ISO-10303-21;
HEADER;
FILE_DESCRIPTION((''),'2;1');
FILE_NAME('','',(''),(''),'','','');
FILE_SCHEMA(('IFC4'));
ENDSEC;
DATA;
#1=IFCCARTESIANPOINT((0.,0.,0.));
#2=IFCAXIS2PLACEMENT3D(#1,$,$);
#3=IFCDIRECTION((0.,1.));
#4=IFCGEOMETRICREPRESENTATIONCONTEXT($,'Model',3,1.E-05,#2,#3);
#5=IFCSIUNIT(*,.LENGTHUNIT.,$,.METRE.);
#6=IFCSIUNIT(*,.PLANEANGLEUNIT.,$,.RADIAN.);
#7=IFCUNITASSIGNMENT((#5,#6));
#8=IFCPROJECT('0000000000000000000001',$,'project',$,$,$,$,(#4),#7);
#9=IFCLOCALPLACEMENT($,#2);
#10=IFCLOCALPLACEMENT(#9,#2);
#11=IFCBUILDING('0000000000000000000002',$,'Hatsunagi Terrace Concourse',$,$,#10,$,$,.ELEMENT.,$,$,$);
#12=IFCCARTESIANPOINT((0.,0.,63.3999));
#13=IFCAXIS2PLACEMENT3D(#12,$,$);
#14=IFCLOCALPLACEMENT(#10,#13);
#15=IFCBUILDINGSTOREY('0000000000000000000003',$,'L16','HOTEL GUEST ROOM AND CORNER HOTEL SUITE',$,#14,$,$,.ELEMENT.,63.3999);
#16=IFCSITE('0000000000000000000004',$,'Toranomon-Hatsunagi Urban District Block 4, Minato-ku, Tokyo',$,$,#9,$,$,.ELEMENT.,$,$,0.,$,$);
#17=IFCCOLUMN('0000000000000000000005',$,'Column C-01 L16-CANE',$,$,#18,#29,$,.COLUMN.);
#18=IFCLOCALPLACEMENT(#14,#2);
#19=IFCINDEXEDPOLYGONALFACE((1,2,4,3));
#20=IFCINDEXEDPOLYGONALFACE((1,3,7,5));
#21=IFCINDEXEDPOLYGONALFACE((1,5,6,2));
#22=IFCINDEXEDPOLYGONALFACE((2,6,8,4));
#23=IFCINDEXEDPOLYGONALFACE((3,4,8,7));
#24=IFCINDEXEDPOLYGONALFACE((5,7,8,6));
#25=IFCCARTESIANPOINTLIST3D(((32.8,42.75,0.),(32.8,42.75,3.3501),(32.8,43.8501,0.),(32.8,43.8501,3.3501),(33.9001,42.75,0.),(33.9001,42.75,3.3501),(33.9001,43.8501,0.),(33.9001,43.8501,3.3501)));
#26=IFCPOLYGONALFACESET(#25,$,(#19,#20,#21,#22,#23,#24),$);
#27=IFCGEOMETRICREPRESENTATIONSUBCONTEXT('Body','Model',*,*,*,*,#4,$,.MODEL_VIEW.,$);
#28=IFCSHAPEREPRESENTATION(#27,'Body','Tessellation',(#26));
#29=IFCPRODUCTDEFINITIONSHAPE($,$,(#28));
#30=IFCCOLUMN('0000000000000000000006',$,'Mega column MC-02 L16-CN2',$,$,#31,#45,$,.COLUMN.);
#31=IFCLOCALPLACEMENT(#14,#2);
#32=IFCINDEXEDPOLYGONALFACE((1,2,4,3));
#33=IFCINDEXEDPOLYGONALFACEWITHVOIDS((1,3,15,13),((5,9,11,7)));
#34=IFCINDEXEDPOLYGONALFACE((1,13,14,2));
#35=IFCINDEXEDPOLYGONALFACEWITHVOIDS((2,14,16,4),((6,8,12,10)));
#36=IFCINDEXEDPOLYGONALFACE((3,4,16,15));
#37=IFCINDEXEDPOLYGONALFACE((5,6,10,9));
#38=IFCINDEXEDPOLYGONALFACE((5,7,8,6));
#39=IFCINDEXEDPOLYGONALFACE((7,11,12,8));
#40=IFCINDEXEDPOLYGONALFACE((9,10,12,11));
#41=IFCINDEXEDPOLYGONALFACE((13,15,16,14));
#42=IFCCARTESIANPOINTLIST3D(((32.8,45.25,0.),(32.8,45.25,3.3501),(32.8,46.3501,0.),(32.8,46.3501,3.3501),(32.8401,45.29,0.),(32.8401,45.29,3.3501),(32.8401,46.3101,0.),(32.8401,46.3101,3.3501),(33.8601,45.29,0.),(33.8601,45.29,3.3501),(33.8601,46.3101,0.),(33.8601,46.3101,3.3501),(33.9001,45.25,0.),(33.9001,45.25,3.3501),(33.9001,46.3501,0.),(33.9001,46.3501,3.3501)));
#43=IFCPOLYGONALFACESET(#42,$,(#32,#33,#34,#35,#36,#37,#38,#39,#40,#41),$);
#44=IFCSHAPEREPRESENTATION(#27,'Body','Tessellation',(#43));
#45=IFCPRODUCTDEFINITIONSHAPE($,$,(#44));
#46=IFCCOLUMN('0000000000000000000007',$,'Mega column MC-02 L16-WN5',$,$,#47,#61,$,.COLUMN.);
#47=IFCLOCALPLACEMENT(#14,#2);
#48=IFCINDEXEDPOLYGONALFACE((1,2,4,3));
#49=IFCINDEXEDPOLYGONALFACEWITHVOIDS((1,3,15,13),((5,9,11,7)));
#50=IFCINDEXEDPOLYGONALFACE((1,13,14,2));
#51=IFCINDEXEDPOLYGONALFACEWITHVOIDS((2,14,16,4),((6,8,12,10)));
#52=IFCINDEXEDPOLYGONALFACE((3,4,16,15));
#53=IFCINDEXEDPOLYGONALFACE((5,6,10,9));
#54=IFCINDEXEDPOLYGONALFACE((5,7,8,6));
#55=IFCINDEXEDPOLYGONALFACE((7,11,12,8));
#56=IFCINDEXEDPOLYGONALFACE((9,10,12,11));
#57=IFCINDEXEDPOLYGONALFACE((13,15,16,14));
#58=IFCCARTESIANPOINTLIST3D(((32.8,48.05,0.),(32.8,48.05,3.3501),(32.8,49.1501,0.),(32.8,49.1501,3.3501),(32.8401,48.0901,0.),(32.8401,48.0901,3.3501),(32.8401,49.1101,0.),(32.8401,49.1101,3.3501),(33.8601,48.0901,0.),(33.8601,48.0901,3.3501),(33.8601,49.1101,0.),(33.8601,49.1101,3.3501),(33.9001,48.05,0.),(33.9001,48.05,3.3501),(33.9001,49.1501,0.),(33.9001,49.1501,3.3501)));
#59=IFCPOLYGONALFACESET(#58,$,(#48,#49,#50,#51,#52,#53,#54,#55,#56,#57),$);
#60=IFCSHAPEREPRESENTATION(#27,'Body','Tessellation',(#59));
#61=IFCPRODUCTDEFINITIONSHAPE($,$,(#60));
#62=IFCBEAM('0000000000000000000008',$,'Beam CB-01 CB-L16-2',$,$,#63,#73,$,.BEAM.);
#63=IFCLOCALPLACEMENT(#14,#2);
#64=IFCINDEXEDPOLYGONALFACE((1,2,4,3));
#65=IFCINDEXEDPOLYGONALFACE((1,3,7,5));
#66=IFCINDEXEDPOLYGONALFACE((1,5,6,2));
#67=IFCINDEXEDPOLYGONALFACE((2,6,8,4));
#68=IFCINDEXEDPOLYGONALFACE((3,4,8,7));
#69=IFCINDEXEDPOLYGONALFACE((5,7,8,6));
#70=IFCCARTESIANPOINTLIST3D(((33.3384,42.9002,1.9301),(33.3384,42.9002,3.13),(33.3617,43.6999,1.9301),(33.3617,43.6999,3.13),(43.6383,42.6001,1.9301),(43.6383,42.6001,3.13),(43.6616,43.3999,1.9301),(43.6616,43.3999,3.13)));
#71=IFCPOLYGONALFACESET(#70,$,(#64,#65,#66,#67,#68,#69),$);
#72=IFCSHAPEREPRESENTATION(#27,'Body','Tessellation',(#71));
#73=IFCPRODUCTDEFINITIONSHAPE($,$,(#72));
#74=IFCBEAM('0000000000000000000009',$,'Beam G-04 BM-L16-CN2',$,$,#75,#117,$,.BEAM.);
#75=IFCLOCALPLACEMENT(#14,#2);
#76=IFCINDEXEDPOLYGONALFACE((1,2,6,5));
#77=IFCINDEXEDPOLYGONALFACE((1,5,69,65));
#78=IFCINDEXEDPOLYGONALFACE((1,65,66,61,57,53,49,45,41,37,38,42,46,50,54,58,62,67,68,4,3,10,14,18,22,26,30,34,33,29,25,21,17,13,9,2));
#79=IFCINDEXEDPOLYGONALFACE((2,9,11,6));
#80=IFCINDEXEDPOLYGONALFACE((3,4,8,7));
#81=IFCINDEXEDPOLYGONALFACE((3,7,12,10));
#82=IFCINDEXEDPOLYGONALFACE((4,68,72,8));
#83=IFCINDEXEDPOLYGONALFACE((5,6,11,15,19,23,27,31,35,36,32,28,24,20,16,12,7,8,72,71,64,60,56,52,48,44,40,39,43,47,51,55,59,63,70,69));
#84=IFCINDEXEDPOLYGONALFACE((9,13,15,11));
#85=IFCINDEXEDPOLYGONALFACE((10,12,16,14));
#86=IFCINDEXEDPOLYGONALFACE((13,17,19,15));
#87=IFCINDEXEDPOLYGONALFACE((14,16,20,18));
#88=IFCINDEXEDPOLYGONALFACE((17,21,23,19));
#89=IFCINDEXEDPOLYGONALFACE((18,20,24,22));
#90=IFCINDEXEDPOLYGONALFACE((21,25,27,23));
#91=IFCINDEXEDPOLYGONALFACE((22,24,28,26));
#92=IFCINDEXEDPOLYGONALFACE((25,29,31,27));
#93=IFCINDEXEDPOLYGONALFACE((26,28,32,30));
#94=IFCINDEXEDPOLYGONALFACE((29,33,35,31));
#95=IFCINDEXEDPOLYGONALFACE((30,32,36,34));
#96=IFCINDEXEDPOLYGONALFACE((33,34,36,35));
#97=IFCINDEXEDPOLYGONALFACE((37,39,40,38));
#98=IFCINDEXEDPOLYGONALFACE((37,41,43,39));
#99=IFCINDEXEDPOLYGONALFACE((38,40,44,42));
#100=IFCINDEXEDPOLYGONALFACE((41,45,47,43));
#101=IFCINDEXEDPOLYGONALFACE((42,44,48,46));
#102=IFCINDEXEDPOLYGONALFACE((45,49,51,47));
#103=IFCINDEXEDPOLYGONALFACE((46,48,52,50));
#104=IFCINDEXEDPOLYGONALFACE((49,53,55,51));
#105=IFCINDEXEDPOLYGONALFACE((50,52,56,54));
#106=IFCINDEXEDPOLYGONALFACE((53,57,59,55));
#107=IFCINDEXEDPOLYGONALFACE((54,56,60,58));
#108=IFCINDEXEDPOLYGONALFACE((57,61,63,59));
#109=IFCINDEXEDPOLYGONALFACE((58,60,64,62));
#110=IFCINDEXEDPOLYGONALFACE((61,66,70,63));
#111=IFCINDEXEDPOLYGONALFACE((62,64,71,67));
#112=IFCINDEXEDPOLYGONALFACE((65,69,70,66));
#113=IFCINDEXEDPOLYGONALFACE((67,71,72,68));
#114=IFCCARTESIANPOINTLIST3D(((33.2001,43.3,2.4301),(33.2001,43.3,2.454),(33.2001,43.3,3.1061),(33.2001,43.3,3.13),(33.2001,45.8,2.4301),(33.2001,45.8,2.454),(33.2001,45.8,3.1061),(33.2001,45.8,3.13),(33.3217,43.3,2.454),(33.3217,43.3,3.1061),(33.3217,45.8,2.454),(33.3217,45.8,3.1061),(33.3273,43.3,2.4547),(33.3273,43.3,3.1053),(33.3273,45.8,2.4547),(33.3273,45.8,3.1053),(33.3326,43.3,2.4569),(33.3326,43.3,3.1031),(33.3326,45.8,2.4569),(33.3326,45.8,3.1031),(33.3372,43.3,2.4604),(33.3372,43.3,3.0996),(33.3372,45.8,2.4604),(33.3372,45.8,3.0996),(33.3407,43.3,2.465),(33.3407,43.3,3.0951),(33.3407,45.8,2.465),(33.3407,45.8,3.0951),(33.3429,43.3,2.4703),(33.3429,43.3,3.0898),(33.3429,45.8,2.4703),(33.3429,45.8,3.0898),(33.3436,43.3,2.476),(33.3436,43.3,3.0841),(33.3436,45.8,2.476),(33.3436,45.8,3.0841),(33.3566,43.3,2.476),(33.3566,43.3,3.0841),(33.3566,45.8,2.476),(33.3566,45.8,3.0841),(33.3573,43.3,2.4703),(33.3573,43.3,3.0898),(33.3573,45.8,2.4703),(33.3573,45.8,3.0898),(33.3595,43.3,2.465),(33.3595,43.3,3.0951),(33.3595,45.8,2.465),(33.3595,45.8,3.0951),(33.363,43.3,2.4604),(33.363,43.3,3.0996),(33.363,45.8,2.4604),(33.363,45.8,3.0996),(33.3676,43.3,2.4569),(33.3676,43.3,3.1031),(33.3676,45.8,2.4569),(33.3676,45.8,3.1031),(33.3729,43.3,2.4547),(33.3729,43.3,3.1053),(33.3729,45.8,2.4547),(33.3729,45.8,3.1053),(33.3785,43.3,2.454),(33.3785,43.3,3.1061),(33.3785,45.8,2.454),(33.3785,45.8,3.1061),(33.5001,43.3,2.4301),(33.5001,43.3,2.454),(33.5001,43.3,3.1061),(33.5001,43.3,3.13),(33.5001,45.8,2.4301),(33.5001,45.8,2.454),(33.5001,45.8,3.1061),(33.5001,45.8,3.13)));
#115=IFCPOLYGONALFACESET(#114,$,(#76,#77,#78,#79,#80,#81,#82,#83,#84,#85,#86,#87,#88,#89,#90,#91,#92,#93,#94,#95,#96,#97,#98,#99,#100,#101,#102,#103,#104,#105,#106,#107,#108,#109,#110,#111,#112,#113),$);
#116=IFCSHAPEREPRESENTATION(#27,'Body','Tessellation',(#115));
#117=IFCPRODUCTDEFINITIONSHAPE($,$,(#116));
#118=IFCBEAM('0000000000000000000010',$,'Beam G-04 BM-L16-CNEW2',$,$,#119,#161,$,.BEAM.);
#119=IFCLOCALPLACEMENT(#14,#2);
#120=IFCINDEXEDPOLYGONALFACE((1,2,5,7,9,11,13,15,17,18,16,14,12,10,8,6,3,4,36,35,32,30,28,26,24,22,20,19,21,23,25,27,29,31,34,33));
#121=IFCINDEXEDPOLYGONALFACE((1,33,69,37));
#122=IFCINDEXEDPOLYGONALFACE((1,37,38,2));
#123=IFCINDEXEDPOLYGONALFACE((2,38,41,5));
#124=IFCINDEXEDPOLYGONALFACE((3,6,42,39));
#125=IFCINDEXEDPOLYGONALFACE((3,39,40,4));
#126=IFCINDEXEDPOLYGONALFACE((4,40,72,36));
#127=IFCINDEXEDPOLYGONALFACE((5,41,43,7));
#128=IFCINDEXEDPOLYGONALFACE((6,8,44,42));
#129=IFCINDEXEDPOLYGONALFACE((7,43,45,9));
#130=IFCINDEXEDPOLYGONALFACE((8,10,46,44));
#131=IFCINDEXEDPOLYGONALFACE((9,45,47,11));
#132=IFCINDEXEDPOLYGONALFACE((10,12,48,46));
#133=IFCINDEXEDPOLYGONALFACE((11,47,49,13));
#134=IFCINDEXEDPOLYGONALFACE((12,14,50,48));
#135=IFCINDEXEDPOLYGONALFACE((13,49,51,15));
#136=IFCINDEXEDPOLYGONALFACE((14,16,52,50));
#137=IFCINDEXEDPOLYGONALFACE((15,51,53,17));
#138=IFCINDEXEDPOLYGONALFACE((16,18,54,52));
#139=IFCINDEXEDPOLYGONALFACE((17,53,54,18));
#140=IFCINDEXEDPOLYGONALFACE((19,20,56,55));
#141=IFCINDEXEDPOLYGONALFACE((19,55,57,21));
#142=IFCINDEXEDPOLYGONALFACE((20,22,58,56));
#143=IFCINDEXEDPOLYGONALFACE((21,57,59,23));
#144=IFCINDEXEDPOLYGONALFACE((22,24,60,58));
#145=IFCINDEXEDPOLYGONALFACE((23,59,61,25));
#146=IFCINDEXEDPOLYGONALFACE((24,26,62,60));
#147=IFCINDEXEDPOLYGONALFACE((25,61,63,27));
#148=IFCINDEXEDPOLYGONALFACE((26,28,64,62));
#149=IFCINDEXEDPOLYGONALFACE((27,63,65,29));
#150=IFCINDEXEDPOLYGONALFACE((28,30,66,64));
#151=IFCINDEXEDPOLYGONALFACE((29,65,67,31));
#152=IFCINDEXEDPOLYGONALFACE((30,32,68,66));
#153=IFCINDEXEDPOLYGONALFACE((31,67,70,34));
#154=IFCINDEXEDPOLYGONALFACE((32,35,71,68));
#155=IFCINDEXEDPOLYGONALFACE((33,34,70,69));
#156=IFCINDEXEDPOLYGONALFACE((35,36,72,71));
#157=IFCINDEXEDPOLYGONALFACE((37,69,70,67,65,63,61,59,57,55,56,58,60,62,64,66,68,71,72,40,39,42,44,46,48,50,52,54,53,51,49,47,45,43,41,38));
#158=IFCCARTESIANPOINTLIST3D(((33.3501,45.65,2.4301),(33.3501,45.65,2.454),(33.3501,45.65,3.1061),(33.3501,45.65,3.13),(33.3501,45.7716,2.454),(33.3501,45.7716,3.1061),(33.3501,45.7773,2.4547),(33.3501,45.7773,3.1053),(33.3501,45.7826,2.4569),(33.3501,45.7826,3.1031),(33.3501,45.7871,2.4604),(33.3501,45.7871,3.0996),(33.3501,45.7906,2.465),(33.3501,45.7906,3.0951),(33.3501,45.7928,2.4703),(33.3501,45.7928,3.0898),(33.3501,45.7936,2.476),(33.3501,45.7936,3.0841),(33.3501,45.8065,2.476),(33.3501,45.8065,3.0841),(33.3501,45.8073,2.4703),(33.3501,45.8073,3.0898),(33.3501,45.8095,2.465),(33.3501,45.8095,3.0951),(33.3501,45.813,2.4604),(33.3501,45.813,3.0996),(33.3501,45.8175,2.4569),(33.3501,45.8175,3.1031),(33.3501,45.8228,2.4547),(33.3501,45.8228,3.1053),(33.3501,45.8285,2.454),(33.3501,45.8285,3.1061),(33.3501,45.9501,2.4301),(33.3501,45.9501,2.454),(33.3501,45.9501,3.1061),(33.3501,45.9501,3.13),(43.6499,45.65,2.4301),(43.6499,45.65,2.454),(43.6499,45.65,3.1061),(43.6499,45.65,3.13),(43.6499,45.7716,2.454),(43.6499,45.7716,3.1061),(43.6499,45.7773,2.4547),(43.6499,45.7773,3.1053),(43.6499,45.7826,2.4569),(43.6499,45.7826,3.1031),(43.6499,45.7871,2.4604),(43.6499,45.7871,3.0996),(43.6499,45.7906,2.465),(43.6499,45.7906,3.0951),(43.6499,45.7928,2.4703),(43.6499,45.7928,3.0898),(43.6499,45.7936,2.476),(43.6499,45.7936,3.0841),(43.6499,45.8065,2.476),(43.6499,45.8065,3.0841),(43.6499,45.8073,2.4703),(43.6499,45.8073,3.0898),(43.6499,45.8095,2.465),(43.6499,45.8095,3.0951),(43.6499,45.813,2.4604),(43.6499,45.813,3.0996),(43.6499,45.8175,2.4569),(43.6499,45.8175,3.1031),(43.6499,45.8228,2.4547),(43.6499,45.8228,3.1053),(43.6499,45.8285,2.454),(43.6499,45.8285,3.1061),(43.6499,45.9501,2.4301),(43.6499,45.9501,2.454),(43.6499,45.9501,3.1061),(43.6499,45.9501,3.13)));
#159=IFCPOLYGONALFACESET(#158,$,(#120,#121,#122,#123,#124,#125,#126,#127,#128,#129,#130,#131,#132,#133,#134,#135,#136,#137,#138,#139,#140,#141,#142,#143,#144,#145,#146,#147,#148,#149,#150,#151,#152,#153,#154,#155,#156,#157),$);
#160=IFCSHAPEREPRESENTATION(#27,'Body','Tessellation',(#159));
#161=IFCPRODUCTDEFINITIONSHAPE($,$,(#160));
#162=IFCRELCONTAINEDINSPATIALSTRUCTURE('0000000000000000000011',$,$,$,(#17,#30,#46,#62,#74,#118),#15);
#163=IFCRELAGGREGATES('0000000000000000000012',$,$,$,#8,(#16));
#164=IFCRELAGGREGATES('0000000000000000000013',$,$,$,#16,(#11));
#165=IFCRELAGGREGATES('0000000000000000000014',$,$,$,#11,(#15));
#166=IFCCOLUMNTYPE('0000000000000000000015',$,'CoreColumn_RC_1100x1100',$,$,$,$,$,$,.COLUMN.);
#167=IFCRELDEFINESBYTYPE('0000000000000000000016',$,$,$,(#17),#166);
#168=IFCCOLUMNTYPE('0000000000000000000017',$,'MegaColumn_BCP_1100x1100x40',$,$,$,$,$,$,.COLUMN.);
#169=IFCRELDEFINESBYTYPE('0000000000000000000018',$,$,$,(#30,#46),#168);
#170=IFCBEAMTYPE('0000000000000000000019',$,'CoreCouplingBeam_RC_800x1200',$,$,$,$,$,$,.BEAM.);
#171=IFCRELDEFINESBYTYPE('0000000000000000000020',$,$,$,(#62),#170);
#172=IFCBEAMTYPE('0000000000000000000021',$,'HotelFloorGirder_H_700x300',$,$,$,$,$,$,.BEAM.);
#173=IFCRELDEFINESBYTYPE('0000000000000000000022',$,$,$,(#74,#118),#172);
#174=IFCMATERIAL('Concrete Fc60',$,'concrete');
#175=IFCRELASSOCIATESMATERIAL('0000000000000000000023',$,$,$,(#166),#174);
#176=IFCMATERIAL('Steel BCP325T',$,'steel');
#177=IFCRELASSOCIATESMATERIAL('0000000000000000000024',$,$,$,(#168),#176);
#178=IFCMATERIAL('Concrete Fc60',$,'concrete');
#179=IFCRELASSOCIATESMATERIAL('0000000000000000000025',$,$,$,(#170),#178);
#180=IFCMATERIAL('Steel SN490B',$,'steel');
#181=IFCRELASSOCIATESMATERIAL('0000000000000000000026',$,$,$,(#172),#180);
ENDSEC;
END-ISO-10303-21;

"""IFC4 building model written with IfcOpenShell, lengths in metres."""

from ifc_helpers import new_model, si_unit, direction, frame, origin, origin_2d, place, context, subcontext, project, spatial, rectangle, hollow_rectangle, i_section, extrude, material, material_profile, profile_set, type_object, element, save


model = new_model("IFC4")

# Units and contexts
model_context = context("Model", 3, precision=1e-05, world=origin(), true_north=direction((0.0, 1.0)))
body_context = subcontext(model_context, "Body", "Model", "MODEL_VIEW")
ifc_project = project(units=[si_unit("LENGTHUNIT", "METRE"), si_unit("PLANEANGLEUNIT", "RADIAN")], contexts=[model_context])

# Site, building, storey
site_placement = place(None, origin())
site = spatial("IfcSite", under=ifc_project, at=site_placement, Name="Toranomon-Hatsunagi Urban District Block 4, Minato-ku, Tokyo", CompositionType="ELEMENT", RefElevation=0.0)
building_placement = place(site_placement, origin())
building = spatial("IfcBuilding", under=site, at=building_placement, Name="Hatsunagi Terrace Concourse", CompositionType="ELEMENT")
storey_placement = place(building_placement, frame((0.0, 0.0, 63.3999)))
storey = spatial("IfcBuildingStorey", under=building, at=storey_placement, Name="L16", Description="HOTEL GUEST ROOM AND CORNER HOTEL SUITE", CompositionType="ELEMENT", Elevation=63.3999)

# Columns
ifc_material_1 = material(Name="Concrete Fc60", Category="concrete")
ifc_material_profile_1 = material_profile(ifc_material_1, rectangle(XDim=1.1001, YDim=1.1001, at=origin_2d()), Name="RC-1100x1100")
ifc_profile_set_1 = profile_set([ifc_material_profile_1], Name="Concrete Fc60")
column_type_1 = type_object("IfcColumnType", Name="CoreColumn_RC_1100x1100", PredefinedType="COLUMN", material=ifc_profile_set_1)
column_placement = place(storey_placement, frame((33.3501, 43.3, 0.0), z_axis=(0.0, 0.0, 1.0), x_axis=(1.0, 0.0, 0.0)))
element("IfcColumn", 1, at=column_placement, inside=storey, type_object=column_type_1, Name="Column C-01 L16-CANE", PredefinedType="COLUMN", context=body_context, shape_type="SweptSolid", body=[
    extrude(rectangle(XDim=1.1001, YDim=1.1001, at=origin_2d()), origin(), (0.0, 0.0, 1.0), 3.3501),
])
ifc_material_2 = material(Name="Steel BCP325T", Category="steel")
ifc_material_profile_2 = material_profile(ifc_material_2, hollow_rectangle(XDim=1.1001, YDim=1.1001, WallThickness=0.04, at=origin_2d()), Name="BCP-1100x1100x40")
ifc_profile_set_2 = profile_set([ifc_material_profile_2], Name="Steel BCP325T")
column_type_2 = type_object("IfcColumnType", Name="MegaColumn_BCP_1100x1100x40", PredefinedType="COLUMN", material=ifc_profile_set_2)
for number, where, z_axis, x_axis, name in (
    (2, (33.3501, 45.8, 0.0), (0.0, 0.0, 1.0), (1.0, 0.0, 0.0), "Mega column MC-02 L16-CN2"),
    (3, (33.3501, 48.6001, 0.0), (0.0, 0.0, 1.0), (1.0, 0.0, 0.0), "Mega column MC-02 L16-WN5"),
):
    element("IfcColumn", number, at=place(storey_placement, frame(where, z_axis=z_axis, x_axis=x_axis)), inside=storey, type_object=column_type_2, Name=name, PredefinedType="COLUMN", context=body_context, shape_type="SweptSolid", body=[
        extrude(hollow_rectangle(XDim=1.1001, YDim=1.1001, WallThickness=0.04, at=origin_2d()), origin(), (0.0, 0.0, 1.0), 3.3501),
    ])

# Beams
ifc_material_3 = material(Name="Concrete Fc60", Category="concrete")
ifc_material_profile_3 = material_profile(ifc_material_3, rectangle(XDim=0.8, YDim=1.2, at=origin_2d()), Name="RC-800x1200")
ifc_profile_set_3 = profile_set([ifc_material_profile_3], Name="Concrete Fc60")
beam_type_1 = type_object("IfcBeamType", Name="CoreCouplingBeam_RC_800x1200", PredefinedType="BEAM", material=ifc_profile_set_3)
beam_1_placement = place(storey_placement, frame((33.3501, 43.3, 2.53), z_axis=(0.999576, -0.029119, 0.0), x_axis=(0.029119, 0.999576, 0.0)))
element("IfcBeam", 4, at=beam_1_placement, inside=storey, type_object=beam_type_1, Name="Beam CB-01 CB-L16-2", PredefinedType="BEAM", context=body_context, shape_type="SweptSolid", body=[
    extrude(rectangle(XDim=0.8, YDim=1.2, at=origin_2d()), origin(), (0.0, 0.0, 1.0), 10.3042),
])
ifc_material_4 = material(Name="Steel SN490B", Category="steel")
ifc_material_profile_4 = material_profile(ifc_material_4, i_section(OverallWidth=0.3, OverallDepth=0.7, WebThickness=0.0129, FlangeThickness=0.0239, FilletRadius=0.022, at=origin_2d()), Name="H-700x300x13x24")
ifc_profile_set_4 = profile_set([ifc_material_profile_4], Name="Steel SN490B")
beam_type_2 = type_object("IfcBeamType", Name="HotelFloorGirder_H_700x300", PredefinedType="BEAM", material=ifc_profile_set_4)
beam_2_placement = place(storey_placement, frame((33.3501, 43.3, 2.78), z_axis=(0.0, 1.0, 0.0), x_axis=(-1.0, 0.0, 0.0)))
element("IfcBeam", 5, at=beam_2_placement, inside=storey, type_object=beam_type_2, Name="Beam G-04 BM-L16-CN2", PredefinedType="BEAM", context=body_context, shape_type="SweptSolid", body=[
    extrude(i_section(OverallWidth=0.3, OverallDepth=0.7, WebThickness=0.0129, FlangeThickness=0.0239, FilletRadius=0.022, at=origin_2d()), origin(), (0.0, 0.0, 1.0), 2.5),
])
beam_3_placement = place(storey_placement, frame((33.3501, 45.8, 2.78), z_axis=(1.0, 0.0, 0.0), x_axis=(0.0, 1.0, 0.0)))
element("IfcBeam", 6, at=beam_3_placement, inside=storey, type_object=beam_type_2, Name="Beam G-04 BM-L16-CNEW2", PredefinedType="BEAM", context=body_context, shape_type="SweptSolid", body=[
    extrude(i_section(OverallWidth=0.3, OverallDepth=0.7, WebThickness=0.0129, FlangeThickness=0.0239, FilletRadius=0.022, at=origin_2d()), origin(), (0.0, 0.0, 1.0), 10.2998),
])

save(model, "model.ifc")
